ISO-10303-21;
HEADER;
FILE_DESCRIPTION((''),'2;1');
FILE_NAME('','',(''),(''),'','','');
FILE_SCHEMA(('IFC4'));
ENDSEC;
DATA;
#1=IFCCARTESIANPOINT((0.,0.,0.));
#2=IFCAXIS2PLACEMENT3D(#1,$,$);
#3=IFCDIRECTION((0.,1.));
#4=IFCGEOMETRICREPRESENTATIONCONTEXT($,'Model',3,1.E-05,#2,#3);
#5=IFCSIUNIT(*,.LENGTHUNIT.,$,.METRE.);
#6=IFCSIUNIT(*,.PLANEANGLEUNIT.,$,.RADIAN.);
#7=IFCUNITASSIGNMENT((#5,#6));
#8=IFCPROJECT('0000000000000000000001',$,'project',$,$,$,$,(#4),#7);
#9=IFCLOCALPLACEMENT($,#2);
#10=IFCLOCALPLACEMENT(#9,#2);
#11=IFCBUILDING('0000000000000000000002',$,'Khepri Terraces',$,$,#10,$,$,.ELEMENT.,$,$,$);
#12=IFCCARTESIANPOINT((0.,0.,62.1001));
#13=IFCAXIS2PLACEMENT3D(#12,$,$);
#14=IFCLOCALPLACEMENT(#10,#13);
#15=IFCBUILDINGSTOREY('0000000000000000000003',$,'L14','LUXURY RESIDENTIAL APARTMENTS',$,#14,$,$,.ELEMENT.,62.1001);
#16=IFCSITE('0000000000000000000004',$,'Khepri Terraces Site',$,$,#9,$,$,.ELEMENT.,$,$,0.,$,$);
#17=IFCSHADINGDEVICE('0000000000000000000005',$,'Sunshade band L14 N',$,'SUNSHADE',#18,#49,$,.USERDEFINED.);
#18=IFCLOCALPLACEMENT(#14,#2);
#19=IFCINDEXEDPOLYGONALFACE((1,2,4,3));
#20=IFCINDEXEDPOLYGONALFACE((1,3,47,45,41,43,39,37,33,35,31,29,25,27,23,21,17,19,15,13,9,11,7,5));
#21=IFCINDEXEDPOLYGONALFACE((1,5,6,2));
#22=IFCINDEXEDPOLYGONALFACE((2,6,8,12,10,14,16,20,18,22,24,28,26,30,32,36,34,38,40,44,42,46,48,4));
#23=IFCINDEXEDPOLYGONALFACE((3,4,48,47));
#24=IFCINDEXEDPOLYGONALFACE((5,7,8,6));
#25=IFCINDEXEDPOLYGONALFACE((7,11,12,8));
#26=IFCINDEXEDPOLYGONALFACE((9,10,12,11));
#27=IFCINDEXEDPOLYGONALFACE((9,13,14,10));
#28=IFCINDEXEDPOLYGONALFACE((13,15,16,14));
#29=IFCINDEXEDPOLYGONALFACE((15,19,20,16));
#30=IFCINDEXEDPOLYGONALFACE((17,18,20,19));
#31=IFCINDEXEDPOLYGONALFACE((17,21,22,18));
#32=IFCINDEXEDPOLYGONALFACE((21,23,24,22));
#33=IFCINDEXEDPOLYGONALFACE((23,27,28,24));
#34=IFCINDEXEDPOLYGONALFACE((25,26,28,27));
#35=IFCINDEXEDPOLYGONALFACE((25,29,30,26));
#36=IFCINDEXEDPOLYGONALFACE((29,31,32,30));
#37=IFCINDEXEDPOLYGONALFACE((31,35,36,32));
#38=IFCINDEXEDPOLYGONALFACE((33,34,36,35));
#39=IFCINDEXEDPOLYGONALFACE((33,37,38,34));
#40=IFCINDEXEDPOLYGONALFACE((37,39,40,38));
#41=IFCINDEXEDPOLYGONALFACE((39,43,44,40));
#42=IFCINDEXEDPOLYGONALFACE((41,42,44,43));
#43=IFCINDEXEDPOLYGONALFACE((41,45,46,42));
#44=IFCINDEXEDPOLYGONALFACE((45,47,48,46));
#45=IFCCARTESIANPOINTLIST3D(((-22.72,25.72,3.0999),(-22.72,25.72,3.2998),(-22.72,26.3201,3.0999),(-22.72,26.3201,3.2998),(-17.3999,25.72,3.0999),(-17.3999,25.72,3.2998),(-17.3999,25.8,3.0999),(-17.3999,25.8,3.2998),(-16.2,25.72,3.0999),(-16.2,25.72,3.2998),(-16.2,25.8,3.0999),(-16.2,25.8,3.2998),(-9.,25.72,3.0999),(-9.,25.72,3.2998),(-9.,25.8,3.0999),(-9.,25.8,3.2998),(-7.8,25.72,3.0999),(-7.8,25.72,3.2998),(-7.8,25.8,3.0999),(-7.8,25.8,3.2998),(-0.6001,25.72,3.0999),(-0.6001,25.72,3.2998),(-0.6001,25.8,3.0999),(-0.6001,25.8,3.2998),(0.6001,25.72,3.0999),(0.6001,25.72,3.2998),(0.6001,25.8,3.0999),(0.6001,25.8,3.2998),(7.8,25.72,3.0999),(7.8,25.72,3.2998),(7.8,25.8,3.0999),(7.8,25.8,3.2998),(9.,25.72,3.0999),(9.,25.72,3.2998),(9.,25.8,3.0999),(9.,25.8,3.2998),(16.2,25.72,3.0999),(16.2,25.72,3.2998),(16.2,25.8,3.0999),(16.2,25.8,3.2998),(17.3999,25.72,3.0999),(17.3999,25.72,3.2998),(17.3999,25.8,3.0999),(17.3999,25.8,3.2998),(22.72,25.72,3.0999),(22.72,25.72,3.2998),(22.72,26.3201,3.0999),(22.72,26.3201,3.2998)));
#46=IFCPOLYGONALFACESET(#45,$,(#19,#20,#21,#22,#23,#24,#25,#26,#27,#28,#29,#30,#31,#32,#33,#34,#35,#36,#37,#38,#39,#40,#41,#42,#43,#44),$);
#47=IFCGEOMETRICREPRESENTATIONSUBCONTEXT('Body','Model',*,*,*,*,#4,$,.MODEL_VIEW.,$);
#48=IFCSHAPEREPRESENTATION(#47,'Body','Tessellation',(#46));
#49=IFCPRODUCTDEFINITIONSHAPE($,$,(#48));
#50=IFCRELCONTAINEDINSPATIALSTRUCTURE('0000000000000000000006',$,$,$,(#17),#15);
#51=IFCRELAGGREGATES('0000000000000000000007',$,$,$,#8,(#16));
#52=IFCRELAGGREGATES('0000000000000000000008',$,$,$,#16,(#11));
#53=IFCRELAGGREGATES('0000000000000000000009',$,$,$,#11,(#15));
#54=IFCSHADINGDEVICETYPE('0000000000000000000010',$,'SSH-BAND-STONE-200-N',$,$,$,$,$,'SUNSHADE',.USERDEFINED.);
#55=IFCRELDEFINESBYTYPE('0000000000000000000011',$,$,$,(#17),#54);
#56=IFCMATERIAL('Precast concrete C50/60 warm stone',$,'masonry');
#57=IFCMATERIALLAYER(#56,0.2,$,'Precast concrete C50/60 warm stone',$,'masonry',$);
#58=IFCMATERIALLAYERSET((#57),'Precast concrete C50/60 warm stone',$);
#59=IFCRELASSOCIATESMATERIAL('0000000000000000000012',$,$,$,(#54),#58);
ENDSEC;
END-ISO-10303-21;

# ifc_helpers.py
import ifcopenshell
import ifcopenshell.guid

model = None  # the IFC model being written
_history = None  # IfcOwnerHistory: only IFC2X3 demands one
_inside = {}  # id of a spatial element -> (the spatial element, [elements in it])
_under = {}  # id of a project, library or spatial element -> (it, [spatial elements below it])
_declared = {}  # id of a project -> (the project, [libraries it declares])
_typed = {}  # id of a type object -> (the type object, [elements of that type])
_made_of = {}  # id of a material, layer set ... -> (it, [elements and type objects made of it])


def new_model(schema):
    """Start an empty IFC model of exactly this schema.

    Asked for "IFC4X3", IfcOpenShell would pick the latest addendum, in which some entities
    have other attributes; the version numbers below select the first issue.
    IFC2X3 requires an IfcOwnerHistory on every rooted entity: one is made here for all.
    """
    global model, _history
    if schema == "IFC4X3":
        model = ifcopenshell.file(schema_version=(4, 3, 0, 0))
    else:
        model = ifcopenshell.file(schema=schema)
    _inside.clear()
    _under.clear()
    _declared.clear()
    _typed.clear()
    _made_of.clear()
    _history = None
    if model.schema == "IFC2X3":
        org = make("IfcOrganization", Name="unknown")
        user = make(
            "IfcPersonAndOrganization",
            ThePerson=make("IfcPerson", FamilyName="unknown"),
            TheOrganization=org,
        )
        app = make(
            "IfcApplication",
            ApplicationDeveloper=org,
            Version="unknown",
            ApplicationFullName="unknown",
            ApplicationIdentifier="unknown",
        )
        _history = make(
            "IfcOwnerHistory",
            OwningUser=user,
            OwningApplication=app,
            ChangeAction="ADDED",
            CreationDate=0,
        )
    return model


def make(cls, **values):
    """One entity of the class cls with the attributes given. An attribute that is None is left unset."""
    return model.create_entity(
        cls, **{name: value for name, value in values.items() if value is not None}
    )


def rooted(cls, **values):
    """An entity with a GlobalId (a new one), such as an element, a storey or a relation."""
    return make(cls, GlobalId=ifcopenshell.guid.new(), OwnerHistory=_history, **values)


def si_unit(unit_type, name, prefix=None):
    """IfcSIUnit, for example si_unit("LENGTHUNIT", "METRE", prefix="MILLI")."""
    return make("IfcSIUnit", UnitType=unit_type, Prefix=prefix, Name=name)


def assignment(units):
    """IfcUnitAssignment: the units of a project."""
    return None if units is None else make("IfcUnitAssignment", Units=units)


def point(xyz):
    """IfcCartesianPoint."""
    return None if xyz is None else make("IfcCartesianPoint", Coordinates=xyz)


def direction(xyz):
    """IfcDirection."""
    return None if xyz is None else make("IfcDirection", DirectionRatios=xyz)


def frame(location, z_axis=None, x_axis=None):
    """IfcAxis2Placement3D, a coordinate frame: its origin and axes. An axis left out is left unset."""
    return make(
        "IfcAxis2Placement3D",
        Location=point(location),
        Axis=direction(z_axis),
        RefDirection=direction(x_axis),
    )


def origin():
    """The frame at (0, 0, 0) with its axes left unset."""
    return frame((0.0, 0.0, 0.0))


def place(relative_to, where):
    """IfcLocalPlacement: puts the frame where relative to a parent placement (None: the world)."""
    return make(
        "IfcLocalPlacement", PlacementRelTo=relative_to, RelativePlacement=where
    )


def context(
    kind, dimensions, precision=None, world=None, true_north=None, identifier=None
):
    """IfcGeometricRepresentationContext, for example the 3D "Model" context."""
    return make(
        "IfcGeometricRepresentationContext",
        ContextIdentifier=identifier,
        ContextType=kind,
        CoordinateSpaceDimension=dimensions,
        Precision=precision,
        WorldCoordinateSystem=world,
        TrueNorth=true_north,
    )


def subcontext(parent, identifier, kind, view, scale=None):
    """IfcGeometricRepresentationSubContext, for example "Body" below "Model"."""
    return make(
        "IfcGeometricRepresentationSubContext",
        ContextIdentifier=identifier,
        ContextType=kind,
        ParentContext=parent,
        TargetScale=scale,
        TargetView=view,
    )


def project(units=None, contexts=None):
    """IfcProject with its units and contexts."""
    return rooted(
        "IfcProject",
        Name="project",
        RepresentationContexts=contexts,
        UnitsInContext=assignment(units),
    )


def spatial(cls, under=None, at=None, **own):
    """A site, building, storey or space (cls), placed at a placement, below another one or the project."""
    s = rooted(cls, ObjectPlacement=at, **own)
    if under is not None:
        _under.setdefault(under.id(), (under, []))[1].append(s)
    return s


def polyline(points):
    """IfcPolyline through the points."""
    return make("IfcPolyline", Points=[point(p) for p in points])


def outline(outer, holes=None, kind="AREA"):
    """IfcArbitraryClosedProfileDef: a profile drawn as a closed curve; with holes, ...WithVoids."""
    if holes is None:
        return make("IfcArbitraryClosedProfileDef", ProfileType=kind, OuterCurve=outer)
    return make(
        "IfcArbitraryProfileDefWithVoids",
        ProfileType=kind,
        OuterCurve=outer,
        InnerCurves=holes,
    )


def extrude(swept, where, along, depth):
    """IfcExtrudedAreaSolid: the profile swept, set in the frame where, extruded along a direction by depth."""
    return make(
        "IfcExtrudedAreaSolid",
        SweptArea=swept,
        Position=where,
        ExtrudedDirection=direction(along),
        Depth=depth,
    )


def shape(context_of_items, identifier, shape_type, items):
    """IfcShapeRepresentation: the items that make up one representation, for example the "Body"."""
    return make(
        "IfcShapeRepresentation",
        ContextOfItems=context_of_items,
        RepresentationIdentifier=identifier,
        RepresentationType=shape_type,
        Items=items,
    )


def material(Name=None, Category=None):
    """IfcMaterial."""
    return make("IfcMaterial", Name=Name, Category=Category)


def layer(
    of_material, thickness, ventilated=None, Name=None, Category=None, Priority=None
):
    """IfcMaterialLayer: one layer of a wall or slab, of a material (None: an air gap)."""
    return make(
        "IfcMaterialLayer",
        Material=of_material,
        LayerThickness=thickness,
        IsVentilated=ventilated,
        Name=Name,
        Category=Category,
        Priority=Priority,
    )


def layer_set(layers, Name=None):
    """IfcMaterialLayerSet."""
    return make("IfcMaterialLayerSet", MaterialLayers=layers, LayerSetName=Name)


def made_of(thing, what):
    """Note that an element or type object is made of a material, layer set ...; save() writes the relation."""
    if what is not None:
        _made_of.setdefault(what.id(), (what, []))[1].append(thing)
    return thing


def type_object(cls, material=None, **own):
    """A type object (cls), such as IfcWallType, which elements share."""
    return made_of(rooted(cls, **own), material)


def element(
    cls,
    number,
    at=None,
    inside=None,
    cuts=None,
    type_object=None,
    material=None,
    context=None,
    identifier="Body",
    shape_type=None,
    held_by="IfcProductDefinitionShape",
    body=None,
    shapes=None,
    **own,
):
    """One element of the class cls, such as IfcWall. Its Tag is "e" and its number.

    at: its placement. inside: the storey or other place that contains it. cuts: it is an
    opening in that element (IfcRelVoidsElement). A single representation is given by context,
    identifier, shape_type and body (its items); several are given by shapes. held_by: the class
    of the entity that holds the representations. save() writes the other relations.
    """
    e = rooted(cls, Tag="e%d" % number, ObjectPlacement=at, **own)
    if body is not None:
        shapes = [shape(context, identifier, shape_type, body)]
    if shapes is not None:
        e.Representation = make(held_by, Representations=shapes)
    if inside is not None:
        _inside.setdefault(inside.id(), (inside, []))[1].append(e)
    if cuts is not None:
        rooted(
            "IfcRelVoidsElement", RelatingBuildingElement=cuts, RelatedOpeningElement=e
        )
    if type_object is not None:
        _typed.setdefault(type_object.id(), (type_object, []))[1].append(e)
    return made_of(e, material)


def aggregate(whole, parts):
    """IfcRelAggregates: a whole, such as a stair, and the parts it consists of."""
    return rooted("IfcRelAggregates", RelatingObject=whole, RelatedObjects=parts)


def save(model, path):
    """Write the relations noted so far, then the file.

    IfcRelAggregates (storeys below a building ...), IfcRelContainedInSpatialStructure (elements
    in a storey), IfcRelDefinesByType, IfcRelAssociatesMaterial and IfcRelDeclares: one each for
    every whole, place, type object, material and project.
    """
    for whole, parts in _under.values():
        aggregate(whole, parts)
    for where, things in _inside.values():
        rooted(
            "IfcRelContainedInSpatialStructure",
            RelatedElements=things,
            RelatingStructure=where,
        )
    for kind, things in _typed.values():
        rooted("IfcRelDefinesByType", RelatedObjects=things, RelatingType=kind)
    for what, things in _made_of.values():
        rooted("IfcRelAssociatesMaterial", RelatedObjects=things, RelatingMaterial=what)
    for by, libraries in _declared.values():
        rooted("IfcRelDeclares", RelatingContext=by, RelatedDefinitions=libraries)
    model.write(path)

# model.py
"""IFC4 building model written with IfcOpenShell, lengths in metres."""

from ifc_helpers import new_model, si_unit, direction, frame, origin, place, context, subcontext, project, spatial, polyline, outline, extrude, material, layer, layer_set, type_object, element, save


model = new_model("IFC4")

# Units and contexts
model_context = context("Model", 3, precision=1e-05, world=origin(), true_north=direction((0.0, 1.0)))
body_context = subcontext(model_context, "Body", "Model", "MODEL_VIEW")
ifc_project = project(units=[si_unit("LENGTHUNIT", "METRE"), si_unit("PLANEANGLEUNIT", "RADIAN")], contexts=[model_context])

# Site, building, storey
site_placement = place(None, origin())
site = spatial("IfcSite", under=ifc_project, at=site_placement, Name="Khepri Terraces Site", CompositionType="ELEMENT", RefElevation=0.0)
building_placement = place(site_placement, origin())
building = spatial("IfcBuilding", under=site, at=building_placement, Name="Khepri Terraces", CompositionType="ELEMENT")
storey_placement = place(building_placement, frame((0.0, 0.0, 62.1001)))
storey = spatial("IfcBuildingStorey", under=building, at=storey_placement, Name="L14", Description="LUXURY RESIDENTIAL APARTMENTS", CompositionType="ELEMENT", Elevation=62.1001)

# Shared definitions
ifc_material_1 = material(Name="Precast concrete C50/60 warm stone", Category="masonry")

# Shading device
ifc_layer_1 = layer(ifc_material_1, 0.2, Name="Precast concrete C50/60 warm stone", Category="masonry")
ifc_layer_set_1 = layer_set([ifc_layer_1], Name="Precast concrete C50/60 warm stone")
shading_device_type_1 = type_object("IfcShadingDeviceType", Name="SSH-BAND-STONE-200-N", ElementType="SUNSHADE", PredefinedType="USERDEFINED", material=ifc_layer_set_1)
shading_device_1_placement = place(storey_placement, frame((0.0, 0.0, 3.0999)))
element("IfcShadingDevice", 1, at=shading_device_1_placement, inside=storey, type_object=shading_device_type_1, Name="Sunshade band L14 N", ObjectType="SUNSHADE", PredefinedType="USERDEFINED", context=body_context, shape_type="SweptSolid", body=[
    extrude(outline(polyline([(17.3999, 25.72), (22.72, 25.72), (22.72, 26.3201), (-22.72, 26.3201), (-22.72, 25.72), (-17.3999, 25.72), (-17.3999, 25.8), (-16.2, 25.8), (-16.2, 25.72), (-9.0, 25.72), (-9.0, 25.8), (-7.8, 25.8), (-7.8, 25.72), (-0.6001, 25.72), (-0.6001, 25.8), (0.6001, 25.8), (0.6001, 25.72), (7.8, 25.72), (7.8, 25.8), (9.0, 25.8), (9.0, 25.72), (16.2, 25.72), (16.2, 25.8), (17.3999, 25.8), (17.3999, 25.72)])), origin(), (0.0, 0.0, 1.0), 0.2),
])

save(model, "model.ifc")
